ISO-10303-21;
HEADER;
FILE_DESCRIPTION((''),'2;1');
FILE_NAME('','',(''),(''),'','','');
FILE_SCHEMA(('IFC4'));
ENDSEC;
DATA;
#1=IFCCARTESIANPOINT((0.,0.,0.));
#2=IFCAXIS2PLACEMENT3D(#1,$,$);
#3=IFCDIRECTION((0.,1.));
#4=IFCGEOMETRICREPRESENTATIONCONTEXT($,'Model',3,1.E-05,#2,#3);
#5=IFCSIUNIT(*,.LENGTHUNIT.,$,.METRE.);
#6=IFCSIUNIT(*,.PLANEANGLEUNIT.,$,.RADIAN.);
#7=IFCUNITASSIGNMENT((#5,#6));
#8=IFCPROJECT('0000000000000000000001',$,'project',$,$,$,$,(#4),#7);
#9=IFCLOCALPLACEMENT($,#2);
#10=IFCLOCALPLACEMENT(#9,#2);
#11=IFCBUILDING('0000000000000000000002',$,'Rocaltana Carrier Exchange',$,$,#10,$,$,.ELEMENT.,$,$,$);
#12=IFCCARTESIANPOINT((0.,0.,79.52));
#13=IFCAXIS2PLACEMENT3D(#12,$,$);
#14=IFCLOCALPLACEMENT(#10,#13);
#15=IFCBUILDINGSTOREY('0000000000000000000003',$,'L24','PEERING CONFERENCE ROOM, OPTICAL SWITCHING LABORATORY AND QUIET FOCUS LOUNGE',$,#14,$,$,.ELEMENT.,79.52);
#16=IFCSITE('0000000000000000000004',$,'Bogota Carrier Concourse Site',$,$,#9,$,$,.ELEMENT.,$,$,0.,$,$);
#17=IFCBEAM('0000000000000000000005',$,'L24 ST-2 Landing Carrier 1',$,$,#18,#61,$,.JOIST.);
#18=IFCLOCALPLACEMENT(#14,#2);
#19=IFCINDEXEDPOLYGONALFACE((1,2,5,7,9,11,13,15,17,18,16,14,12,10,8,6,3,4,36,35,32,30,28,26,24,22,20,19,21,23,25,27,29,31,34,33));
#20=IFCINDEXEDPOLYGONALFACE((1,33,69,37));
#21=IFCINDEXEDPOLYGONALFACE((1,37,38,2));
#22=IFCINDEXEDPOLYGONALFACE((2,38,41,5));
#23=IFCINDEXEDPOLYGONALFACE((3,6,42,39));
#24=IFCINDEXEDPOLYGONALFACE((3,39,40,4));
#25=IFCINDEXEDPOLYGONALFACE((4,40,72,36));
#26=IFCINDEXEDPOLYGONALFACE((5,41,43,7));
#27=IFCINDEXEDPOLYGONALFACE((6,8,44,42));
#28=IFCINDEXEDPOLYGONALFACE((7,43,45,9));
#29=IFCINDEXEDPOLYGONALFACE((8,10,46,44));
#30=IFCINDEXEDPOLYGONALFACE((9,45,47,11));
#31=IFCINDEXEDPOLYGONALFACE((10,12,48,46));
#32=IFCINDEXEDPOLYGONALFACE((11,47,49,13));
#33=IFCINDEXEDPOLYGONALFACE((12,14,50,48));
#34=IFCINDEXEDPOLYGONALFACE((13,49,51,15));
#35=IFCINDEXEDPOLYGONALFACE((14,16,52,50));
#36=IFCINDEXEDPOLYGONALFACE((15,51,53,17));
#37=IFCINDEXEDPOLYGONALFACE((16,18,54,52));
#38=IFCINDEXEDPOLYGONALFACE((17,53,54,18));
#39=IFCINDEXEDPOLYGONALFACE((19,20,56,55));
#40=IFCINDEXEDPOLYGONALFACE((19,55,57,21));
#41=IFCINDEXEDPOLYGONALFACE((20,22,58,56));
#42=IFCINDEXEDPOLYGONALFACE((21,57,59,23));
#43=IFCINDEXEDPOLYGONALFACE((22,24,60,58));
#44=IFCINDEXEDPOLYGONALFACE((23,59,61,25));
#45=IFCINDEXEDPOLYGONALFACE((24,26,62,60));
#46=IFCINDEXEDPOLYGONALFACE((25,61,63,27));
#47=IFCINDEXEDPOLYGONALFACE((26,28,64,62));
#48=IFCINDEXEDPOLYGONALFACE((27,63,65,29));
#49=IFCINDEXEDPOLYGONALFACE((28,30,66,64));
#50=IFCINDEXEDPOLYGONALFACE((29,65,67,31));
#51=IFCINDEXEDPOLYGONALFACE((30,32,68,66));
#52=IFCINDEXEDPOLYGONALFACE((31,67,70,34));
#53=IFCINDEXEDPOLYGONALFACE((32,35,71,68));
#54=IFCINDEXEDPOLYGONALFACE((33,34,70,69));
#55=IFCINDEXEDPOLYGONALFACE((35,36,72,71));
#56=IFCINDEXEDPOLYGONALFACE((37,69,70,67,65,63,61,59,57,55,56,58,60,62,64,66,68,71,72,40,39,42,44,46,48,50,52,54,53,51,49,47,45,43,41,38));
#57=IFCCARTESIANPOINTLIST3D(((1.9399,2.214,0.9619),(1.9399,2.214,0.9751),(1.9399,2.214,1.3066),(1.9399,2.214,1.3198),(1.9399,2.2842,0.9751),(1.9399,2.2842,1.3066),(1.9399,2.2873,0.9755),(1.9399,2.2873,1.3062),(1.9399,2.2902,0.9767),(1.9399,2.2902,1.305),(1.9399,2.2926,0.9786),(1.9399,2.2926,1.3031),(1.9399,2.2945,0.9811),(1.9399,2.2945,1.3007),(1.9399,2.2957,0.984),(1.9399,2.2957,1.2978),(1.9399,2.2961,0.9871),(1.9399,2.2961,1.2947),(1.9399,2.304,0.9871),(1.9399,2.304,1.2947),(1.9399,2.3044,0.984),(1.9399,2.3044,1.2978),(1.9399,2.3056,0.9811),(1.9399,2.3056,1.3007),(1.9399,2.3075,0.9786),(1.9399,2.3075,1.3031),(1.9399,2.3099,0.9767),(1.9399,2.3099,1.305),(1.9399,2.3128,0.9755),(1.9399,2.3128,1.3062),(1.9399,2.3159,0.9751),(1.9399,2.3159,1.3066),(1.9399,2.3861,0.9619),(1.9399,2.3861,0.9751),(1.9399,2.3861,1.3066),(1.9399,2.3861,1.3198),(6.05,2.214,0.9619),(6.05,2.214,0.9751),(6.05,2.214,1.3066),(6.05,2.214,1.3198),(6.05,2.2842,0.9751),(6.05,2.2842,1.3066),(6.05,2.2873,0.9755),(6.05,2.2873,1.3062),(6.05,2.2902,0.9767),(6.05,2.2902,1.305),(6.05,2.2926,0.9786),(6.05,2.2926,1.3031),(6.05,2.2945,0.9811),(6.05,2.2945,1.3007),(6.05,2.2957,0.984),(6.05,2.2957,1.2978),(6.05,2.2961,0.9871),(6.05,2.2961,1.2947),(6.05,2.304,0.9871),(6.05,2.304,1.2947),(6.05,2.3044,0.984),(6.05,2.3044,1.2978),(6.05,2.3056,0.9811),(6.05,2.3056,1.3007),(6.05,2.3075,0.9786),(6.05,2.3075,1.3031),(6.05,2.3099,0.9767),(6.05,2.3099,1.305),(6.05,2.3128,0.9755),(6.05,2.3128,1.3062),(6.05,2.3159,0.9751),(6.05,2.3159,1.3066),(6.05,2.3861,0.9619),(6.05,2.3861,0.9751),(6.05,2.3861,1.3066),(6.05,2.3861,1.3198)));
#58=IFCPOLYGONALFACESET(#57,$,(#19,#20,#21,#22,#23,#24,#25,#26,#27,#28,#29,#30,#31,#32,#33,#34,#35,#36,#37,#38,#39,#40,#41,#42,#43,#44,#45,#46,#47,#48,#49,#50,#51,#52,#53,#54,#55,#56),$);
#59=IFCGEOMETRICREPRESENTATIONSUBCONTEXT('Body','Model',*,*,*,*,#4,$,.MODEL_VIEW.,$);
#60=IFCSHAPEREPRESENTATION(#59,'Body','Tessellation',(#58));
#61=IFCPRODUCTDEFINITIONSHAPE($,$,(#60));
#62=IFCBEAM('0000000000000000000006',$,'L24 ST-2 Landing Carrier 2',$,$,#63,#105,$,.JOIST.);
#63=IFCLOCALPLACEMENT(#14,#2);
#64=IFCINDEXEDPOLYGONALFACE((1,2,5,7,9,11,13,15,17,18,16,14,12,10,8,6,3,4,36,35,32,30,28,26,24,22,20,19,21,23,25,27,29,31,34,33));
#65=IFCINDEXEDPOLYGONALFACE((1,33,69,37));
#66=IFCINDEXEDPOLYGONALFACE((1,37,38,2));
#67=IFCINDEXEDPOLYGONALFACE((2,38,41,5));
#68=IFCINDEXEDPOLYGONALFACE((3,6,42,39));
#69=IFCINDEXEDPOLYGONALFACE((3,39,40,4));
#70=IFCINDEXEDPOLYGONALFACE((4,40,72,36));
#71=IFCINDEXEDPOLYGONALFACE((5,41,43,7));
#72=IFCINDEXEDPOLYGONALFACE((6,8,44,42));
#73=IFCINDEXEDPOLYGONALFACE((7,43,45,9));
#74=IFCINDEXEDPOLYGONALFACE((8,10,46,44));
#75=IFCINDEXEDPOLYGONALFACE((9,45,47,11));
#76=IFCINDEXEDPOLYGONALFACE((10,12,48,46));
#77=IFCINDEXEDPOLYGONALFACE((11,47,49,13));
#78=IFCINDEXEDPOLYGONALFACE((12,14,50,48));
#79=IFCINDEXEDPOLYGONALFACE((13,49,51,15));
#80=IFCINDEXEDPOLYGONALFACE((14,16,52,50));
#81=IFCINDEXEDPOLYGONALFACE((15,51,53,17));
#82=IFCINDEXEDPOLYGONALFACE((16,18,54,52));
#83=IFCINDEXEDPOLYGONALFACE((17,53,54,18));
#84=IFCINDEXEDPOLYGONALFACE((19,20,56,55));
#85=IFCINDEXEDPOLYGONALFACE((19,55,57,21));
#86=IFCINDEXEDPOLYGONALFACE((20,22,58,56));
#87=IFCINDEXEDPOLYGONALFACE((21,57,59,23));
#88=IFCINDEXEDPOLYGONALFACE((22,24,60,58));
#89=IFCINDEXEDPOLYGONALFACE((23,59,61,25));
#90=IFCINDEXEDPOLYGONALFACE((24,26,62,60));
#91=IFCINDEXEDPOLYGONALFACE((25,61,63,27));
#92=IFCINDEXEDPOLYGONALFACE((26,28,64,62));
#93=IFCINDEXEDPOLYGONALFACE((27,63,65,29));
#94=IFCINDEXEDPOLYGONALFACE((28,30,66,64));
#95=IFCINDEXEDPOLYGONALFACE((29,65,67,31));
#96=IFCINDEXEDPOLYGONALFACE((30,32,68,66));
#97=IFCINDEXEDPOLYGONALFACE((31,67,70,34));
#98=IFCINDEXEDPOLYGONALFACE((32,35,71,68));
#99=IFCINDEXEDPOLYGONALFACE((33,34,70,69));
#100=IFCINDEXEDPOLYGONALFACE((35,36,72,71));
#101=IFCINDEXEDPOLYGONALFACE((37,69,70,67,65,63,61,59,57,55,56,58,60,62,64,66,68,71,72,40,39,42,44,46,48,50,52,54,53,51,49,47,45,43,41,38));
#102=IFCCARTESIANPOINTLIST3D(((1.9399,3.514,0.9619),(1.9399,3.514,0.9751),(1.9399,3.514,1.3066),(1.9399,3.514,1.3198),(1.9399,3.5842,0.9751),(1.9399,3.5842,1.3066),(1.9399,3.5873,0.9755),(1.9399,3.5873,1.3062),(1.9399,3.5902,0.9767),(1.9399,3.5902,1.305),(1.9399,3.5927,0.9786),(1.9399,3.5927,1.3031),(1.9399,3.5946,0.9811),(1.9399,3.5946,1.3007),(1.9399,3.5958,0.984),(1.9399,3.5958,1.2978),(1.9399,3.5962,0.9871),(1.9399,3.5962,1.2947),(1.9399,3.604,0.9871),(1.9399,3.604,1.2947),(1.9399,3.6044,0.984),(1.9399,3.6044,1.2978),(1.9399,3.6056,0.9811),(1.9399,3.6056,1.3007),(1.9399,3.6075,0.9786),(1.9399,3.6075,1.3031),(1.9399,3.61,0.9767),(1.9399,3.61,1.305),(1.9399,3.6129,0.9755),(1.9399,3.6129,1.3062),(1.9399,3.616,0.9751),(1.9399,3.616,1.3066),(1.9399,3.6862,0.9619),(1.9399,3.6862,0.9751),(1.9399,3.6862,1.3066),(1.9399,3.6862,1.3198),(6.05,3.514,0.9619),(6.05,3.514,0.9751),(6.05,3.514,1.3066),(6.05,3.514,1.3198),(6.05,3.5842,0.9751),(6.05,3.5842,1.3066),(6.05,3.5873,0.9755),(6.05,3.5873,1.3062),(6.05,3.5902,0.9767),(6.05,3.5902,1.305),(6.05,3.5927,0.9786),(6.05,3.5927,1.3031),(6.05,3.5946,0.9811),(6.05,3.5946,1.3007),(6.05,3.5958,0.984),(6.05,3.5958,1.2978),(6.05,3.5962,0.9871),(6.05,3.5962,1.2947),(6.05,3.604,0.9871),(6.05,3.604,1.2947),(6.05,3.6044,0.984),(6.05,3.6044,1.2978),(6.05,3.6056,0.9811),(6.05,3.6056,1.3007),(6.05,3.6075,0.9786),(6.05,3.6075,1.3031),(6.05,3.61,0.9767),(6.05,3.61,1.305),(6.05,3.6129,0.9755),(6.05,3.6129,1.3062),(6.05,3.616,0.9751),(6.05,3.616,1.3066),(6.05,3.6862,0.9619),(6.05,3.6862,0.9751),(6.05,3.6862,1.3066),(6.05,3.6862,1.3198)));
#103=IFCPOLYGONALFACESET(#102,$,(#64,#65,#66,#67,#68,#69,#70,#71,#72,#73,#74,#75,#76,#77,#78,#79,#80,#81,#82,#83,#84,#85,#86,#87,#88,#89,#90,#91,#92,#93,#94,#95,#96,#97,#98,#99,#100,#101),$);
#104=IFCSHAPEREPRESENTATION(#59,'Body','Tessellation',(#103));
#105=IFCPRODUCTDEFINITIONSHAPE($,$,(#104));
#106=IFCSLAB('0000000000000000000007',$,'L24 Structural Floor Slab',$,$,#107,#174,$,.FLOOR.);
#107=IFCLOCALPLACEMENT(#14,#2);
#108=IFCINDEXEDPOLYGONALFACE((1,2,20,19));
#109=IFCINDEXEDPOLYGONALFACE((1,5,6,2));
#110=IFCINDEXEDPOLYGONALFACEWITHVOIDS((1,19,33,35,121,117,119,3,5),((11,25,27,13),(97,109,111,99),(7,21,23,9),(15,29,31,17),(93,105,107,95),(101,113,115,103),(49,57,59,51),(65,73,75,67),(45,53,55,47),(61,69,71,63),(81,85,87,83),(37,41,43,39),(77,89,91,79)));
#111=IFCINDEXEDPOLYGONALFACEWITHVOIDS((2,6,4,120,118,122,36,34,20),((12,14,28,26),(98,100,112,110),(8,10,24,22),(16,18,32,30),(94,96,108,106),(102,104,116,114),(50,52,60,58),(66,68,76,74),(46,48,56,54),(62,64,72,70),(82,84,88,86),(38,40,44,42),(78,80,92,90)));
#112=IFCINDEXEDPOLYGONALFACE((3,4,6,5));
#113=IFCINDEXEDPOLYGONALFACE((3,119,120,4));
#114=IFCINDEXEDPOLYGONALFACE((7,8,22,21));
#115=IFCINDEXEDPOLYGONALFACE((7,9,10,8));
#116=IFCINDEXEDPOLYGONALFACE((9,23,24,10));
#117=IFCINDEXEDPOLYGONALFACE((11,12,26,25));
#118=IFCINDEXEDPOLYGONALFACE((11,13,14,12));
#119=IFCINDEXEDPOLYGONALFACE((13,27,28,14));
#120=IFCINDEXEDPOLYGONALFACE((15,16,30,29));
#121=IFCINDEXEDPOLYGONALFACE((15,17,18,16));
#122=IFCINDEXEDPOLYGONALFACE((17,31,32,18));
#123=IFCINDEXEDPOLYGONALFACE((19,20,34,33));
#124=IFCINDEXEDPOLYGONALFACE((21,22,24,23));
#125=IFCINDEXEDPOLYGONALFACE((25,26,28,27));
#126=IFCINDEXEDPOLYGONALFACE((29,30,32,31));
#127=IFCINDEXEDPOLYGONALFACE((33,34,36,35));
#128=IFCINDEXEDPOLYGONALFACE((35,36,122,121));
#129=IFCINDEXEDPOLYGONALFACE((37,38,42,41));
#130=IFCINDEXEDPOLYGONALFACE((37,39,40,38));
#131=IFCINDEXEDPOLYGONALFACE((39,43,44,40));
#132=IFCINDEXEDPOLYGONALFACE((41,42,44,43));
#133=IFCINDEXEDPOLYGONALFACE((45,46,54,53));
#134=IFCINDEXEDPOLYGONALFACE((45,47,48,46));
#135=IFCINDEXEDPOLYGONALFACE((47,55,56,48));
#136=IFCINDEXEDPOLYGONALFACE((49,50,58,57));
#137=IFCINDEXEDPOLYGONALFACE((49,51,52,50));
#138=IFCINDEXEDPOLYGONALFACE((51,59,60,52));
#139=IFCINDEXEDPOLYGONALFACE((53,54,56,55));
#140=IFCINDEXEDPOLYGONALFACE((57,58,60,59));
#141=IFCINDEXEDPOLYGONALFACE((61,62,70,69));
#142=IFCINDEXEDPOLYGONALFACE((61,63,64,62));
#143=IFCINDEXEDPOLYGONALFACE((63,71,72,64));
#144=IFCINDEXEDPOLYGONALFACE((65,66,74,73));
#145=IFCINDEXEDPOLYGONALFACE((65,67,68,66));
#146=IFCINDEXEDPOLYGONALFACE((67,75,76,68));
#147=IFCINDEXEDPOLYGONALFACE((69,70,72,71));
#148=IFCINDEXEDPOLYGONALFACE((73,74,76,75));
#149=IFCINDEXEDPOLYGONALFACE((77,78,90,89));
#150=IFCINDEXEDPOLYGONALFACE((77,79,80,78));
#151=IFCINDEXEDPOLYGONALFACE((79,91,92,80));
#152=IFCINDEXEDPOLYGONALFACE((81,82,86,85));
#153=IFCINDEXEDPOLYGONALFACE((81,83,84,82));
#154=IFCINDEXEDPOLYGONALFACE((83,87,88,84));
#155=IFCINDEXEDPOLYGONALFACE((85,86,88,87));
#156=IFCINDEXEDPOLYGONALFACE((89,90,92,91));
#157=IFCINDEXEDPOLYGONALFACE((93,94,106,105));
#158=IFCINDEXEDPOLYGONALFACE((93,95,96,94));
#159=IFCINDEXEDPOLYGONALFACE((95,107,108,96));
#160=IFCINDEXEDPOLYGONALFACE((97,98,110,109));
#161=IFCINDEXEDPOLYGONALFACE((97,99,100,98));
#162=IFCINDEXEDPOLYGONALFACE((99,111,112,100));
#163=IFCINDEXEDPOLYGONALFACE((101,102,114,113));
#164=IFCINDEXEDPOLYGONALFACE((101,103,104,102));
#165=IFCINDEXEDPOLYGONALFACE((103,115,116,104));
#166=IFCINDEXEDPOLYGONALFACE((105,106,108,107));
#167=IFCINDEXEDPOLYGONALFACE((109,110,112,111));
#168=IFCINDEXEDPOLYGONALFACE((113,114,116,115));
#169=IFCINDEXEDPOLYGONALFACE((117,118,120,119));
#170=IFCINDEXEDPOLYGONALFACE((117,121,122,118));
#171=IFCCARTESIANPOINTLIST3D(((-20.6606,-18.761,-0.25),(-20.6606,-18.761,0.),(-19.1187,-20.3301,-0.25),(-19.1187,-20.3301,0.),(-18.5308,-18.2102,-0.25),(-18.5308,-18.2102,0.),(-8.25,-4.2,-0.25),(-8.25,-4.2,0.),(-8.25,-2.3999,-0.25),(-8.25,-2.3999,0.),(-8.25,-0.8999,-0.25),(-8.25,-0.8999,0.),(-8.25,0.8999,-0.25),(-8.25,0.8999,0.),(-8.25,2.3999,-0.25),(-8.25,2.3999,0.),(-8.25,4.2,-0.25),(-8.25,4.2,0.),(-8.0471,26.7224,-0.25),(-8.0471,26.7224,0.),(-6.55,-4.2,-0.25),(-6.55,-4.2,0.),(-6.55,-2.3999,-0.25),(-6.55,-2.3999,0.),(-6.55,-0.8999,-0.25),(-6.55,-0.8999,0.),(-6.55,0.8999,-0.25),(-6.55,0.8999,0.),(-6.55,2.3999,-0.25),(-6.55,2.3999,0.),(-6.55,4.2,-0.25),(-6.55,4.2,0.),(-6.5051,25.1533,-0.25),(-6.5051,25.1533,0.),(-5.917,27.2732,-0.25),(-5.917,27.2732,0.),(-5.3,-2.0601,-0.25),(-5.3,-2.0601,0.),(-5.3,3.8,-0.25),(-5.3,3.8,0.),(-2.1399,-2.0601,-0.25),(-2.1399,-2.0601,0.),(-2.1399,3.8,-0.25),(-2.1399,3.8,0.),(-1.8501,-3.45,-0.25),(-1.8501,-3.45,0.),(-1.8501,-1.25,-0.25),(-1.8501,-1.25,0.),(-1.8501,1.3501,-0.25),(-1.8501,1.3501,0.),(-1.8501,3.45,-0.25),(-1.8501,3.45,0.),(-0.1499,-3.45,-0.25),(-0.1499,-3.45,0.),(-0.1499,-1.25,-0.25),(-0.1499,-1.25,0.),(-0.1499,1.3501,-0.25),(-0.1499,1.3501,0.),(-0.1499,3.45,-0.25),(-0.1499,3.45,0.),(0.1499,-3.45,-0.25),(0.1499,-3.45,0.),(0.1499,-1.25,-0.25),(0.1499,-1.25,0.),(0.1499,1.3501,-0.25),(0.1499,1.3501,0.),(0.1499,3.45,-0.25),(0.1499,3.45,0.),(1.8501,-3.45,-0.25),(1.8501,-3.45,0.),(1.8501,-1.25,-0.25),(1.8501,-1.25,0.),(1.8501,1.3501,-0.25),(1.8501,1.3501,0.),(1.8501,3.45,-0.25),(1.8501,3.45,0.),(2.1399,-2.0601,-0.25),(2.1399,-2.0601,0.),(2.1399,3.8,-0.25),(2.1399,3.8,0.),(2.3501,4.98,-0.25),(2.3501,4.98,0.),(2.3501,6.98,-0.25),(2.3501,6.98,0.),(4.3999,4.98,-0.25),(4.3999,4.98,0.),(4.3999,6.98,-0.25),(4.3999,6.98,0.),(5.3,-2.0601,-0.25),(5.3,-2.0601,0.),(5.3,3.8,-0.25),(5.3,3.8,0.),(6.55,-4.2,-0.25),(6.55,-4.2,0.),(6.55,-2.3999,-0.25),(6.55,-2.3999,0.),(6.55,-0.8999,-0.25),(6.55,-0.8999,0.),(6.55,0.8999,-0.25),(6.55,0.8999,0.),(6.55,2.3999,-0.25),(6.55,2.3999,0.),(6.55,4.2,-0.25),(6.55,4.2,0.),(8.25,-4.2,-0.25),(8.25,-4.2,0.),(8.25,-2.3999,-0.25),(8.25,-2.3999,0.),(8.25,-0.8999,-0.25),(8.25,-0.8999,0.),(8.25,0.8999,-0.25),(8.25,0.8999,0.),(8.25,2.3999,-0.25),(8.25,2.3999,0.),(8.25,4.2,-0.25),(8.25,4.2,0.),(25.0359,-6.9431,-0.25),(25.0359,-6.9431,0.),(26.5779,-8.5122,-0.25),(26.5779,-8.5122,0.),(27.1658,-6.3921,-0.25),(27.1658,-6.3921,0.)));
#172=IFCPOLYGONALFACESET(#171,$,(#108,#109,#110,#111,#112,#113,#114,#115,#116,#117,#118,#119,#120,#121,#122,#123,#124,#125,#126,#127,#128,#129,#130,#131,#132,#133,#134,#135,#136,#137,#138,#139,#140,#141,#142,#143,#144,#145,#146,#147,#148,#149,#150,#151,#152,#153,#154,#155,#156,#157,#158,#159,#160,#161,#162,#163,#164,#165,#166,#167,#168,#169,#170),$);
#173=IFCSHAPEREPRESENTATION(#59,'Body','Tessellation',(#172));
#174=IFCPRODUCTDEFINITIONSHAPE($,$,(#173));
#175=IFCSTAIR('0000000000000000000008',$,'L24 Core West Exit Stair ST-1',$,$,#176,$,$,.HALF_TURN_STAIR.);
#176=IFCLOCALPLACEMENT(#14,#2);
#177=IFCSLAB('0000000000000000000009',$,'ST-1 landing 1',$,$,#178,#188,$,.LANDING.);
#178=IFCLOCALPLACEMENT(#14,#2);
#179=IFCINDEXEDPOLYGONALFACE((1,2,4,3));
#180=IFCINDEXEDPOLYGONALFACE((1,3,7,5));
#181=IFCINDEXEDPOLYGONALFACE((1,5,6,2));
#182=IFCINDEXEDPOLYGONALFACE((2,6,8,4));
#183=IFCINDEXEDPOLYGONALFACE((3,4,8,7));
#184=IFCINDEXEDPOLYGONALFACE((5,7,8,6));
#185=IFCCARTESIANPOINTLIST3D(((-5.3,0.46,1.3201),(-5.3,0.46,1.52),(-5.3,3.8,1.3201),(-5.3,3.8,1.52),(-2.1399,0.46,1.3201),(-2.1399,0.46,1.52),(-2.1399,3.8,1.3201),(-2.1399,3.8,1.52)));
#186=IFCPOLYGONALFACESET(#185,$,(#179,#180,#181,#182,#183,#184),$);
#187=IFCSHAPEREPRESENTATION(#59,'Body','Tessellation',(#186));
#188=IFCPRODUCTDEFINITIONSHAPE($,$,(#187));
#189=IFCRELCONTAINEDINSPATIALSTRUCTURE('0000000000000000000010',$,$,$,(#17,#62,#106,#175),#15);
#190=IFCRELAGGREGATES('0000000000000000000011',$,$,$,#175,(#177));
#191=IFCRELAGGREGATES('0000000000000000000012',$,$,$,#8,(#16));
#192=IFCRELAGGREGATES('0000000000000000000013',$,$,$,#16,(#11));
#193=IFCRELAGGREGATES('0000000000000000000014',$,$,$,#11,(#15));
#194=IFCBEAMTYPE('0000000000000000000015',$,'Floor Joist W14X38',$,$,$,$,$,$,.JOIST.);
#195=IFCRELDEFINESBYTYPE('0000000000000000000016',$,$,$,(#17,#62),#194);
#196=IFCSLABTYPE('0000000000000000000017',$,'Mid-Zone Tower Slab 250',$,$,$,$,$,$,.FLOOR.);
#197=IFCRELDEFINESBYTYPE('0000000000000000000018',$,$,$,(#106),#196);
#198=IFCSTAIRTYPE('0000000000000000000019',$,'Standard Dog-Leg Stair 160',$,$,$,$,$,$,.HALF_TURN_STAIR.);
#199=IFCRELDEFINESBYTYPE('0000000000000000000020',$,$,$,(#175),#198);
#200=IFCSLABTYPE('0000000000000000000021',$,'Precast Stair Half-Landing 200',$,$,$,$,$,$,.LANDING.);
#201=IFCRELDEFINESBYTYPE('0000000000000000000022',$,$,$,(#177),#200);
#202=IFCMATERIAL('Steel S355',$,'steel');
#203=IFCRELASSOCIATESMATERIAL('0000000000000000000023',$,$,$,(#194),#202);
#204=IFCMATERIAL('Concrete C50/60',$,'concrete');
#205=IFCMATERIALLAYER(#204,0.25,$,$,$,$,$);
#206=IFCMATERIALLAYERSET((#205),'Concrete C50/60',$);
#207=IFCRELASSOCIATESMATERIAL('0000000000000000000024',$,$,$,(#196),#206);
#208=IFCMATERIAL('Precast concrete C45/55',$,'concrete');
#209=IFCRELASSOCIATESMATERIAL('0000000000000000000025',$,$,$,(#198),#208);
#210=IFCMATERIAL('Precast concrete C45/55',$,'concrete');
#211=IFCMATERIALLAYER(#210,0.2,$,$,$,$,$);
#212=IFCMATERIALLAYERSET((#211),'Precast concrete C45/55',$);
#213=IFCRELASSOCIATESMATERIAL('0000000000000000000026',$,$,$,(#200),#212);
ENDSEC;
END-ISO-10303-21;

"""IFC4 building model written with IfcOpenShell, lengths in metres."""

from ifc_helpers import new_model, si_unit, direction, frame, origin, origin_2d, place, context, subcontext, project, spatial, polyline, i_section, outline, extrude, material, layer, layer_set, material_profile, profile_set, type_object, element, aggregate, save


model = new_model("IFC4")

# Units and contexts
model_context = context("Model", 3, precision=1e-05, world=origin(), true_north=direction((0.0, 1.0)))
body_context = subcontext(model_context, "Body", "Model", "MODEL_VIEW")
ifc_project = project(units=[si_unit("LENGTHUNIT", "METRE"), si_unit("PLANEANGLEUNIT", "RADIAN")], contexts=[model_context])

# Site, building, storey
site_placement = place(None, origin())
site = spatial("IfcSite", under=ifc_project, at=site_placement, Name="Bogota Carrier Concourse Site", CompositionType="ELEMENT", RefElevation=0.0)
building_placement = place(site_placement, origin())
building = spatial("IfcBuilding", under=site, at=building_placement, Name="Rocaltana Carrier Exchange", CompositionType="ELEMENT")
storey_placement = place(building_placement, frame((0.0, 0.0, 79.52)))
storey = spatial("IfcBuildingStorey", under=building, at=storey_placement, Name="L24", Description="PEERING CONFERENCE ROOM, OPTICAL SWITCHING LABORATORY AND QUIET FOCUS LOUNGE", CompositionType="ELEMENT", Elevation=79.52)

# Beams
ifc_material_1 = material(Name="Steel S355", Category="steel")
ifc_material_profile = material_profile(ifc_material_1, i_section(OverallWidth=0.1721, OverallDepth=0.3579, WebThickness=0.0078, FlangeThickness=0.0132, FilletRadius=0.012, at=origin_2d()), Name="W14X38")
ifc_profile_set = profile_set([ifc_material_profile], Name="Steel S355")
beam_type = type_object("IfcBeamType", Name="Floor Joist W14X38", PredefinedType="JOIST", material=ifc_profile_set)
for number, where, z_axis, x_axis, name in (
    (1, (1.9399, 2.3, 1.1409), (1.0, 0.0, 0.0), (0.0, 1.0, 0.0), "L24 ST-2 Landing Carrier 1"),
    (2, (1.9399, 3.6001, 1.1409), (1.0, 0.0, 0.0), (0.0, 1.0, 0.0), "L24 ST-2 Landing Carrier 2"),
):
    element("IfcBeam", number, at=place(storey_placement, frame(where, z_axis=z_axis, x_axis=x_axis)), inside=storey, type_object=beam_type, Name=name, PredefinedType="JOIST", context=body_context, shape_type="SweptSolid", body=[
        extrude(i_section(OverallWidth=0.1721, OverallDepth=0.3579, WebThickness=0.0078, FlangeThickness=0.0132, FilletRadius=0.012, at=origin_2d()), origin(), (0.0, 0.0, 1.0), 4.1101),
    ])

# Slab
ifc_material_2 = material(Name="Concrete C50/60", Category="concrete")
ifc_layer_1 = layer(ifc_material_2, 0.25)
ifc_layer_set_1 = layer_set([ifc_layer_1], Name="Concrete C50/60")
slab_type_1 = type_object("IfcSlabType", Name="Mid-Zone Tower Slab 250", PredefinedType="FLOOR", material=ifc_layer_set_1)
slab_1_placement = place(storey_placement, frame((0.0, 0.0, -0.25)))
element("IfcSlab", 3, at=slab_1_placement, inside=storey, type_object=slab_type_1, Name="L24 Structural Floor Slab", PredefinedType="FLOOR", context=body_context, shape_type="SweptSolid", body=[
    extrude(outline(polyline([(26.5779, -8.5122), (25.0359, -6.9431), (27.1658, -6.3921), (-5.917, 27.2732), (-6.5051, 25.1533), (-8.0471, 26.7224), (-20.6606, -18.761), (-18.5308, -18.2102), (-19.1187, -20.3301), (26.5779, -8.5122)]), holes=[polyline([(-5.3, -2.0601), (-2.1399, -2.0601), (-2.1399, 3.8), (-5.3, 3.8), (-5.3, -2.0601)]), polyline([(2.1399, -2.0601), (5.3, -2.0601), (5.3, 3.8), (2.1399, 3.8), (2.1399, -2.0601)]), polyline([(-1.8501, -3.45), (-0.1499, -3.45), (-0.1499, -1.25), (-1.8501, -1.25), (-1.8501, -3.45)]), polyline([(0.1499, -3.45), (1.8501, -3.45), (1.8501, -1.25), (0.1499, -1.25), (0.1499, -3.45)]), polyline([(2.3501, 4.98), (4.3999, 4.98), (4.3999, 6.98), (2.3501, 6.98), (2.3501, 4.98)]), polyline([(-1.8501, 1.3501), (-0.1499, 1.3501), (-0.1499, 3.45), (-1.8501, 3.45), (-1.8501, 1.3501)]), polyline([(0.1499, 1.3501), (1.8501, 1.3501), (1.8501, 3.45), (0.1499, 3.45), (0.1499, 1.3501)]), polyline([(-8.25, -4.2), (-6.55, -4.2), (-6.55, -2.3999), (-8.25, -2.3999), (-8.25, -4.2)]), polyline([(-8.25, -0.8999), (-6.55, -0.8999), (-6.55, 0.8999), (-8.25, 0.8999), (-8.25, -0.8999)]), polyline([(-8.25, 2.3999), (-6.55, 2.3999), (-6.55, 4.2), (-8.25, 4.2), (-8.25, 2.3999)]), polyline([(6.55, -4.2), (8.25, -4.2), (8.25, -2.3999), (6.55, -2.3999), (6.55, -4.2)]), polyline([(6.55, -0.8999), (8.25, -0.8999), (8.25, 0.8999), (6.55, 0.8999), (6.55, -0.8999)]), polyline([(6.55, 2.3999), (8.25, 2.3999), (8.25, 4.2), (6.55, 4.2), (6.55, 2.3999)])]), origin(), (0.0, 0.0, 1.0), 0.25),
])

# Stair, slab
ifc_material_3 = material(Name="Precast concrete C45/55", Category="concrete")
stair_type = type_object("IfcStairType", Name="Standard Dog-Leg Stair 160", PredefinedType="HALF_TURN_STAIR", material=ifc_material_3)
stair_1_placement = place(storey_placement, origin())
stair_1 = element("IfcStair", 4, at=stair_1_placement, inside=storey, type_object=stair_type, Name="L24 Core West Exit Stair ST-1", PredefinedType="HALF_TURN_STAIR")
ifc_material_4 = material(Name="Precast concrete C45/55", Category="concrete")
ifc_layer_2 = layer(ifc_material_4, 0.2)
ifc_layer_set_2 = layer_set([ifc_layer_2], Name="Precast concrete C45/55")
slab_type_2 = type_object("IfcSlabType", Name="Precast Stair Half-Landing 200", PredefinedType="LANDING", material=ifc_layer_set_2)
slab_2_placement = place(storey_placement, frame((0.0, 0.0, 1.3201)))
slab_2 = element("IfcSlab", 5, at=slab_2_placement, type_object=slab_type_2, Name="ST-1 landing 1", PredefinedType="LANDING", context=body_context, shape_type="SweptSolid", body=[
    extrude(outline(polyline([(-2.1399, 0.46), (-2.1399, 3.8), (-5.3, 3.8), (-5.3, 0.46), (-2.1399, 0.46)])), origin(), (0.0, 0.0, 1.0), 0.2),
])
aggregate(stair_1, [slab_2])

save(model, "model.ifc")
